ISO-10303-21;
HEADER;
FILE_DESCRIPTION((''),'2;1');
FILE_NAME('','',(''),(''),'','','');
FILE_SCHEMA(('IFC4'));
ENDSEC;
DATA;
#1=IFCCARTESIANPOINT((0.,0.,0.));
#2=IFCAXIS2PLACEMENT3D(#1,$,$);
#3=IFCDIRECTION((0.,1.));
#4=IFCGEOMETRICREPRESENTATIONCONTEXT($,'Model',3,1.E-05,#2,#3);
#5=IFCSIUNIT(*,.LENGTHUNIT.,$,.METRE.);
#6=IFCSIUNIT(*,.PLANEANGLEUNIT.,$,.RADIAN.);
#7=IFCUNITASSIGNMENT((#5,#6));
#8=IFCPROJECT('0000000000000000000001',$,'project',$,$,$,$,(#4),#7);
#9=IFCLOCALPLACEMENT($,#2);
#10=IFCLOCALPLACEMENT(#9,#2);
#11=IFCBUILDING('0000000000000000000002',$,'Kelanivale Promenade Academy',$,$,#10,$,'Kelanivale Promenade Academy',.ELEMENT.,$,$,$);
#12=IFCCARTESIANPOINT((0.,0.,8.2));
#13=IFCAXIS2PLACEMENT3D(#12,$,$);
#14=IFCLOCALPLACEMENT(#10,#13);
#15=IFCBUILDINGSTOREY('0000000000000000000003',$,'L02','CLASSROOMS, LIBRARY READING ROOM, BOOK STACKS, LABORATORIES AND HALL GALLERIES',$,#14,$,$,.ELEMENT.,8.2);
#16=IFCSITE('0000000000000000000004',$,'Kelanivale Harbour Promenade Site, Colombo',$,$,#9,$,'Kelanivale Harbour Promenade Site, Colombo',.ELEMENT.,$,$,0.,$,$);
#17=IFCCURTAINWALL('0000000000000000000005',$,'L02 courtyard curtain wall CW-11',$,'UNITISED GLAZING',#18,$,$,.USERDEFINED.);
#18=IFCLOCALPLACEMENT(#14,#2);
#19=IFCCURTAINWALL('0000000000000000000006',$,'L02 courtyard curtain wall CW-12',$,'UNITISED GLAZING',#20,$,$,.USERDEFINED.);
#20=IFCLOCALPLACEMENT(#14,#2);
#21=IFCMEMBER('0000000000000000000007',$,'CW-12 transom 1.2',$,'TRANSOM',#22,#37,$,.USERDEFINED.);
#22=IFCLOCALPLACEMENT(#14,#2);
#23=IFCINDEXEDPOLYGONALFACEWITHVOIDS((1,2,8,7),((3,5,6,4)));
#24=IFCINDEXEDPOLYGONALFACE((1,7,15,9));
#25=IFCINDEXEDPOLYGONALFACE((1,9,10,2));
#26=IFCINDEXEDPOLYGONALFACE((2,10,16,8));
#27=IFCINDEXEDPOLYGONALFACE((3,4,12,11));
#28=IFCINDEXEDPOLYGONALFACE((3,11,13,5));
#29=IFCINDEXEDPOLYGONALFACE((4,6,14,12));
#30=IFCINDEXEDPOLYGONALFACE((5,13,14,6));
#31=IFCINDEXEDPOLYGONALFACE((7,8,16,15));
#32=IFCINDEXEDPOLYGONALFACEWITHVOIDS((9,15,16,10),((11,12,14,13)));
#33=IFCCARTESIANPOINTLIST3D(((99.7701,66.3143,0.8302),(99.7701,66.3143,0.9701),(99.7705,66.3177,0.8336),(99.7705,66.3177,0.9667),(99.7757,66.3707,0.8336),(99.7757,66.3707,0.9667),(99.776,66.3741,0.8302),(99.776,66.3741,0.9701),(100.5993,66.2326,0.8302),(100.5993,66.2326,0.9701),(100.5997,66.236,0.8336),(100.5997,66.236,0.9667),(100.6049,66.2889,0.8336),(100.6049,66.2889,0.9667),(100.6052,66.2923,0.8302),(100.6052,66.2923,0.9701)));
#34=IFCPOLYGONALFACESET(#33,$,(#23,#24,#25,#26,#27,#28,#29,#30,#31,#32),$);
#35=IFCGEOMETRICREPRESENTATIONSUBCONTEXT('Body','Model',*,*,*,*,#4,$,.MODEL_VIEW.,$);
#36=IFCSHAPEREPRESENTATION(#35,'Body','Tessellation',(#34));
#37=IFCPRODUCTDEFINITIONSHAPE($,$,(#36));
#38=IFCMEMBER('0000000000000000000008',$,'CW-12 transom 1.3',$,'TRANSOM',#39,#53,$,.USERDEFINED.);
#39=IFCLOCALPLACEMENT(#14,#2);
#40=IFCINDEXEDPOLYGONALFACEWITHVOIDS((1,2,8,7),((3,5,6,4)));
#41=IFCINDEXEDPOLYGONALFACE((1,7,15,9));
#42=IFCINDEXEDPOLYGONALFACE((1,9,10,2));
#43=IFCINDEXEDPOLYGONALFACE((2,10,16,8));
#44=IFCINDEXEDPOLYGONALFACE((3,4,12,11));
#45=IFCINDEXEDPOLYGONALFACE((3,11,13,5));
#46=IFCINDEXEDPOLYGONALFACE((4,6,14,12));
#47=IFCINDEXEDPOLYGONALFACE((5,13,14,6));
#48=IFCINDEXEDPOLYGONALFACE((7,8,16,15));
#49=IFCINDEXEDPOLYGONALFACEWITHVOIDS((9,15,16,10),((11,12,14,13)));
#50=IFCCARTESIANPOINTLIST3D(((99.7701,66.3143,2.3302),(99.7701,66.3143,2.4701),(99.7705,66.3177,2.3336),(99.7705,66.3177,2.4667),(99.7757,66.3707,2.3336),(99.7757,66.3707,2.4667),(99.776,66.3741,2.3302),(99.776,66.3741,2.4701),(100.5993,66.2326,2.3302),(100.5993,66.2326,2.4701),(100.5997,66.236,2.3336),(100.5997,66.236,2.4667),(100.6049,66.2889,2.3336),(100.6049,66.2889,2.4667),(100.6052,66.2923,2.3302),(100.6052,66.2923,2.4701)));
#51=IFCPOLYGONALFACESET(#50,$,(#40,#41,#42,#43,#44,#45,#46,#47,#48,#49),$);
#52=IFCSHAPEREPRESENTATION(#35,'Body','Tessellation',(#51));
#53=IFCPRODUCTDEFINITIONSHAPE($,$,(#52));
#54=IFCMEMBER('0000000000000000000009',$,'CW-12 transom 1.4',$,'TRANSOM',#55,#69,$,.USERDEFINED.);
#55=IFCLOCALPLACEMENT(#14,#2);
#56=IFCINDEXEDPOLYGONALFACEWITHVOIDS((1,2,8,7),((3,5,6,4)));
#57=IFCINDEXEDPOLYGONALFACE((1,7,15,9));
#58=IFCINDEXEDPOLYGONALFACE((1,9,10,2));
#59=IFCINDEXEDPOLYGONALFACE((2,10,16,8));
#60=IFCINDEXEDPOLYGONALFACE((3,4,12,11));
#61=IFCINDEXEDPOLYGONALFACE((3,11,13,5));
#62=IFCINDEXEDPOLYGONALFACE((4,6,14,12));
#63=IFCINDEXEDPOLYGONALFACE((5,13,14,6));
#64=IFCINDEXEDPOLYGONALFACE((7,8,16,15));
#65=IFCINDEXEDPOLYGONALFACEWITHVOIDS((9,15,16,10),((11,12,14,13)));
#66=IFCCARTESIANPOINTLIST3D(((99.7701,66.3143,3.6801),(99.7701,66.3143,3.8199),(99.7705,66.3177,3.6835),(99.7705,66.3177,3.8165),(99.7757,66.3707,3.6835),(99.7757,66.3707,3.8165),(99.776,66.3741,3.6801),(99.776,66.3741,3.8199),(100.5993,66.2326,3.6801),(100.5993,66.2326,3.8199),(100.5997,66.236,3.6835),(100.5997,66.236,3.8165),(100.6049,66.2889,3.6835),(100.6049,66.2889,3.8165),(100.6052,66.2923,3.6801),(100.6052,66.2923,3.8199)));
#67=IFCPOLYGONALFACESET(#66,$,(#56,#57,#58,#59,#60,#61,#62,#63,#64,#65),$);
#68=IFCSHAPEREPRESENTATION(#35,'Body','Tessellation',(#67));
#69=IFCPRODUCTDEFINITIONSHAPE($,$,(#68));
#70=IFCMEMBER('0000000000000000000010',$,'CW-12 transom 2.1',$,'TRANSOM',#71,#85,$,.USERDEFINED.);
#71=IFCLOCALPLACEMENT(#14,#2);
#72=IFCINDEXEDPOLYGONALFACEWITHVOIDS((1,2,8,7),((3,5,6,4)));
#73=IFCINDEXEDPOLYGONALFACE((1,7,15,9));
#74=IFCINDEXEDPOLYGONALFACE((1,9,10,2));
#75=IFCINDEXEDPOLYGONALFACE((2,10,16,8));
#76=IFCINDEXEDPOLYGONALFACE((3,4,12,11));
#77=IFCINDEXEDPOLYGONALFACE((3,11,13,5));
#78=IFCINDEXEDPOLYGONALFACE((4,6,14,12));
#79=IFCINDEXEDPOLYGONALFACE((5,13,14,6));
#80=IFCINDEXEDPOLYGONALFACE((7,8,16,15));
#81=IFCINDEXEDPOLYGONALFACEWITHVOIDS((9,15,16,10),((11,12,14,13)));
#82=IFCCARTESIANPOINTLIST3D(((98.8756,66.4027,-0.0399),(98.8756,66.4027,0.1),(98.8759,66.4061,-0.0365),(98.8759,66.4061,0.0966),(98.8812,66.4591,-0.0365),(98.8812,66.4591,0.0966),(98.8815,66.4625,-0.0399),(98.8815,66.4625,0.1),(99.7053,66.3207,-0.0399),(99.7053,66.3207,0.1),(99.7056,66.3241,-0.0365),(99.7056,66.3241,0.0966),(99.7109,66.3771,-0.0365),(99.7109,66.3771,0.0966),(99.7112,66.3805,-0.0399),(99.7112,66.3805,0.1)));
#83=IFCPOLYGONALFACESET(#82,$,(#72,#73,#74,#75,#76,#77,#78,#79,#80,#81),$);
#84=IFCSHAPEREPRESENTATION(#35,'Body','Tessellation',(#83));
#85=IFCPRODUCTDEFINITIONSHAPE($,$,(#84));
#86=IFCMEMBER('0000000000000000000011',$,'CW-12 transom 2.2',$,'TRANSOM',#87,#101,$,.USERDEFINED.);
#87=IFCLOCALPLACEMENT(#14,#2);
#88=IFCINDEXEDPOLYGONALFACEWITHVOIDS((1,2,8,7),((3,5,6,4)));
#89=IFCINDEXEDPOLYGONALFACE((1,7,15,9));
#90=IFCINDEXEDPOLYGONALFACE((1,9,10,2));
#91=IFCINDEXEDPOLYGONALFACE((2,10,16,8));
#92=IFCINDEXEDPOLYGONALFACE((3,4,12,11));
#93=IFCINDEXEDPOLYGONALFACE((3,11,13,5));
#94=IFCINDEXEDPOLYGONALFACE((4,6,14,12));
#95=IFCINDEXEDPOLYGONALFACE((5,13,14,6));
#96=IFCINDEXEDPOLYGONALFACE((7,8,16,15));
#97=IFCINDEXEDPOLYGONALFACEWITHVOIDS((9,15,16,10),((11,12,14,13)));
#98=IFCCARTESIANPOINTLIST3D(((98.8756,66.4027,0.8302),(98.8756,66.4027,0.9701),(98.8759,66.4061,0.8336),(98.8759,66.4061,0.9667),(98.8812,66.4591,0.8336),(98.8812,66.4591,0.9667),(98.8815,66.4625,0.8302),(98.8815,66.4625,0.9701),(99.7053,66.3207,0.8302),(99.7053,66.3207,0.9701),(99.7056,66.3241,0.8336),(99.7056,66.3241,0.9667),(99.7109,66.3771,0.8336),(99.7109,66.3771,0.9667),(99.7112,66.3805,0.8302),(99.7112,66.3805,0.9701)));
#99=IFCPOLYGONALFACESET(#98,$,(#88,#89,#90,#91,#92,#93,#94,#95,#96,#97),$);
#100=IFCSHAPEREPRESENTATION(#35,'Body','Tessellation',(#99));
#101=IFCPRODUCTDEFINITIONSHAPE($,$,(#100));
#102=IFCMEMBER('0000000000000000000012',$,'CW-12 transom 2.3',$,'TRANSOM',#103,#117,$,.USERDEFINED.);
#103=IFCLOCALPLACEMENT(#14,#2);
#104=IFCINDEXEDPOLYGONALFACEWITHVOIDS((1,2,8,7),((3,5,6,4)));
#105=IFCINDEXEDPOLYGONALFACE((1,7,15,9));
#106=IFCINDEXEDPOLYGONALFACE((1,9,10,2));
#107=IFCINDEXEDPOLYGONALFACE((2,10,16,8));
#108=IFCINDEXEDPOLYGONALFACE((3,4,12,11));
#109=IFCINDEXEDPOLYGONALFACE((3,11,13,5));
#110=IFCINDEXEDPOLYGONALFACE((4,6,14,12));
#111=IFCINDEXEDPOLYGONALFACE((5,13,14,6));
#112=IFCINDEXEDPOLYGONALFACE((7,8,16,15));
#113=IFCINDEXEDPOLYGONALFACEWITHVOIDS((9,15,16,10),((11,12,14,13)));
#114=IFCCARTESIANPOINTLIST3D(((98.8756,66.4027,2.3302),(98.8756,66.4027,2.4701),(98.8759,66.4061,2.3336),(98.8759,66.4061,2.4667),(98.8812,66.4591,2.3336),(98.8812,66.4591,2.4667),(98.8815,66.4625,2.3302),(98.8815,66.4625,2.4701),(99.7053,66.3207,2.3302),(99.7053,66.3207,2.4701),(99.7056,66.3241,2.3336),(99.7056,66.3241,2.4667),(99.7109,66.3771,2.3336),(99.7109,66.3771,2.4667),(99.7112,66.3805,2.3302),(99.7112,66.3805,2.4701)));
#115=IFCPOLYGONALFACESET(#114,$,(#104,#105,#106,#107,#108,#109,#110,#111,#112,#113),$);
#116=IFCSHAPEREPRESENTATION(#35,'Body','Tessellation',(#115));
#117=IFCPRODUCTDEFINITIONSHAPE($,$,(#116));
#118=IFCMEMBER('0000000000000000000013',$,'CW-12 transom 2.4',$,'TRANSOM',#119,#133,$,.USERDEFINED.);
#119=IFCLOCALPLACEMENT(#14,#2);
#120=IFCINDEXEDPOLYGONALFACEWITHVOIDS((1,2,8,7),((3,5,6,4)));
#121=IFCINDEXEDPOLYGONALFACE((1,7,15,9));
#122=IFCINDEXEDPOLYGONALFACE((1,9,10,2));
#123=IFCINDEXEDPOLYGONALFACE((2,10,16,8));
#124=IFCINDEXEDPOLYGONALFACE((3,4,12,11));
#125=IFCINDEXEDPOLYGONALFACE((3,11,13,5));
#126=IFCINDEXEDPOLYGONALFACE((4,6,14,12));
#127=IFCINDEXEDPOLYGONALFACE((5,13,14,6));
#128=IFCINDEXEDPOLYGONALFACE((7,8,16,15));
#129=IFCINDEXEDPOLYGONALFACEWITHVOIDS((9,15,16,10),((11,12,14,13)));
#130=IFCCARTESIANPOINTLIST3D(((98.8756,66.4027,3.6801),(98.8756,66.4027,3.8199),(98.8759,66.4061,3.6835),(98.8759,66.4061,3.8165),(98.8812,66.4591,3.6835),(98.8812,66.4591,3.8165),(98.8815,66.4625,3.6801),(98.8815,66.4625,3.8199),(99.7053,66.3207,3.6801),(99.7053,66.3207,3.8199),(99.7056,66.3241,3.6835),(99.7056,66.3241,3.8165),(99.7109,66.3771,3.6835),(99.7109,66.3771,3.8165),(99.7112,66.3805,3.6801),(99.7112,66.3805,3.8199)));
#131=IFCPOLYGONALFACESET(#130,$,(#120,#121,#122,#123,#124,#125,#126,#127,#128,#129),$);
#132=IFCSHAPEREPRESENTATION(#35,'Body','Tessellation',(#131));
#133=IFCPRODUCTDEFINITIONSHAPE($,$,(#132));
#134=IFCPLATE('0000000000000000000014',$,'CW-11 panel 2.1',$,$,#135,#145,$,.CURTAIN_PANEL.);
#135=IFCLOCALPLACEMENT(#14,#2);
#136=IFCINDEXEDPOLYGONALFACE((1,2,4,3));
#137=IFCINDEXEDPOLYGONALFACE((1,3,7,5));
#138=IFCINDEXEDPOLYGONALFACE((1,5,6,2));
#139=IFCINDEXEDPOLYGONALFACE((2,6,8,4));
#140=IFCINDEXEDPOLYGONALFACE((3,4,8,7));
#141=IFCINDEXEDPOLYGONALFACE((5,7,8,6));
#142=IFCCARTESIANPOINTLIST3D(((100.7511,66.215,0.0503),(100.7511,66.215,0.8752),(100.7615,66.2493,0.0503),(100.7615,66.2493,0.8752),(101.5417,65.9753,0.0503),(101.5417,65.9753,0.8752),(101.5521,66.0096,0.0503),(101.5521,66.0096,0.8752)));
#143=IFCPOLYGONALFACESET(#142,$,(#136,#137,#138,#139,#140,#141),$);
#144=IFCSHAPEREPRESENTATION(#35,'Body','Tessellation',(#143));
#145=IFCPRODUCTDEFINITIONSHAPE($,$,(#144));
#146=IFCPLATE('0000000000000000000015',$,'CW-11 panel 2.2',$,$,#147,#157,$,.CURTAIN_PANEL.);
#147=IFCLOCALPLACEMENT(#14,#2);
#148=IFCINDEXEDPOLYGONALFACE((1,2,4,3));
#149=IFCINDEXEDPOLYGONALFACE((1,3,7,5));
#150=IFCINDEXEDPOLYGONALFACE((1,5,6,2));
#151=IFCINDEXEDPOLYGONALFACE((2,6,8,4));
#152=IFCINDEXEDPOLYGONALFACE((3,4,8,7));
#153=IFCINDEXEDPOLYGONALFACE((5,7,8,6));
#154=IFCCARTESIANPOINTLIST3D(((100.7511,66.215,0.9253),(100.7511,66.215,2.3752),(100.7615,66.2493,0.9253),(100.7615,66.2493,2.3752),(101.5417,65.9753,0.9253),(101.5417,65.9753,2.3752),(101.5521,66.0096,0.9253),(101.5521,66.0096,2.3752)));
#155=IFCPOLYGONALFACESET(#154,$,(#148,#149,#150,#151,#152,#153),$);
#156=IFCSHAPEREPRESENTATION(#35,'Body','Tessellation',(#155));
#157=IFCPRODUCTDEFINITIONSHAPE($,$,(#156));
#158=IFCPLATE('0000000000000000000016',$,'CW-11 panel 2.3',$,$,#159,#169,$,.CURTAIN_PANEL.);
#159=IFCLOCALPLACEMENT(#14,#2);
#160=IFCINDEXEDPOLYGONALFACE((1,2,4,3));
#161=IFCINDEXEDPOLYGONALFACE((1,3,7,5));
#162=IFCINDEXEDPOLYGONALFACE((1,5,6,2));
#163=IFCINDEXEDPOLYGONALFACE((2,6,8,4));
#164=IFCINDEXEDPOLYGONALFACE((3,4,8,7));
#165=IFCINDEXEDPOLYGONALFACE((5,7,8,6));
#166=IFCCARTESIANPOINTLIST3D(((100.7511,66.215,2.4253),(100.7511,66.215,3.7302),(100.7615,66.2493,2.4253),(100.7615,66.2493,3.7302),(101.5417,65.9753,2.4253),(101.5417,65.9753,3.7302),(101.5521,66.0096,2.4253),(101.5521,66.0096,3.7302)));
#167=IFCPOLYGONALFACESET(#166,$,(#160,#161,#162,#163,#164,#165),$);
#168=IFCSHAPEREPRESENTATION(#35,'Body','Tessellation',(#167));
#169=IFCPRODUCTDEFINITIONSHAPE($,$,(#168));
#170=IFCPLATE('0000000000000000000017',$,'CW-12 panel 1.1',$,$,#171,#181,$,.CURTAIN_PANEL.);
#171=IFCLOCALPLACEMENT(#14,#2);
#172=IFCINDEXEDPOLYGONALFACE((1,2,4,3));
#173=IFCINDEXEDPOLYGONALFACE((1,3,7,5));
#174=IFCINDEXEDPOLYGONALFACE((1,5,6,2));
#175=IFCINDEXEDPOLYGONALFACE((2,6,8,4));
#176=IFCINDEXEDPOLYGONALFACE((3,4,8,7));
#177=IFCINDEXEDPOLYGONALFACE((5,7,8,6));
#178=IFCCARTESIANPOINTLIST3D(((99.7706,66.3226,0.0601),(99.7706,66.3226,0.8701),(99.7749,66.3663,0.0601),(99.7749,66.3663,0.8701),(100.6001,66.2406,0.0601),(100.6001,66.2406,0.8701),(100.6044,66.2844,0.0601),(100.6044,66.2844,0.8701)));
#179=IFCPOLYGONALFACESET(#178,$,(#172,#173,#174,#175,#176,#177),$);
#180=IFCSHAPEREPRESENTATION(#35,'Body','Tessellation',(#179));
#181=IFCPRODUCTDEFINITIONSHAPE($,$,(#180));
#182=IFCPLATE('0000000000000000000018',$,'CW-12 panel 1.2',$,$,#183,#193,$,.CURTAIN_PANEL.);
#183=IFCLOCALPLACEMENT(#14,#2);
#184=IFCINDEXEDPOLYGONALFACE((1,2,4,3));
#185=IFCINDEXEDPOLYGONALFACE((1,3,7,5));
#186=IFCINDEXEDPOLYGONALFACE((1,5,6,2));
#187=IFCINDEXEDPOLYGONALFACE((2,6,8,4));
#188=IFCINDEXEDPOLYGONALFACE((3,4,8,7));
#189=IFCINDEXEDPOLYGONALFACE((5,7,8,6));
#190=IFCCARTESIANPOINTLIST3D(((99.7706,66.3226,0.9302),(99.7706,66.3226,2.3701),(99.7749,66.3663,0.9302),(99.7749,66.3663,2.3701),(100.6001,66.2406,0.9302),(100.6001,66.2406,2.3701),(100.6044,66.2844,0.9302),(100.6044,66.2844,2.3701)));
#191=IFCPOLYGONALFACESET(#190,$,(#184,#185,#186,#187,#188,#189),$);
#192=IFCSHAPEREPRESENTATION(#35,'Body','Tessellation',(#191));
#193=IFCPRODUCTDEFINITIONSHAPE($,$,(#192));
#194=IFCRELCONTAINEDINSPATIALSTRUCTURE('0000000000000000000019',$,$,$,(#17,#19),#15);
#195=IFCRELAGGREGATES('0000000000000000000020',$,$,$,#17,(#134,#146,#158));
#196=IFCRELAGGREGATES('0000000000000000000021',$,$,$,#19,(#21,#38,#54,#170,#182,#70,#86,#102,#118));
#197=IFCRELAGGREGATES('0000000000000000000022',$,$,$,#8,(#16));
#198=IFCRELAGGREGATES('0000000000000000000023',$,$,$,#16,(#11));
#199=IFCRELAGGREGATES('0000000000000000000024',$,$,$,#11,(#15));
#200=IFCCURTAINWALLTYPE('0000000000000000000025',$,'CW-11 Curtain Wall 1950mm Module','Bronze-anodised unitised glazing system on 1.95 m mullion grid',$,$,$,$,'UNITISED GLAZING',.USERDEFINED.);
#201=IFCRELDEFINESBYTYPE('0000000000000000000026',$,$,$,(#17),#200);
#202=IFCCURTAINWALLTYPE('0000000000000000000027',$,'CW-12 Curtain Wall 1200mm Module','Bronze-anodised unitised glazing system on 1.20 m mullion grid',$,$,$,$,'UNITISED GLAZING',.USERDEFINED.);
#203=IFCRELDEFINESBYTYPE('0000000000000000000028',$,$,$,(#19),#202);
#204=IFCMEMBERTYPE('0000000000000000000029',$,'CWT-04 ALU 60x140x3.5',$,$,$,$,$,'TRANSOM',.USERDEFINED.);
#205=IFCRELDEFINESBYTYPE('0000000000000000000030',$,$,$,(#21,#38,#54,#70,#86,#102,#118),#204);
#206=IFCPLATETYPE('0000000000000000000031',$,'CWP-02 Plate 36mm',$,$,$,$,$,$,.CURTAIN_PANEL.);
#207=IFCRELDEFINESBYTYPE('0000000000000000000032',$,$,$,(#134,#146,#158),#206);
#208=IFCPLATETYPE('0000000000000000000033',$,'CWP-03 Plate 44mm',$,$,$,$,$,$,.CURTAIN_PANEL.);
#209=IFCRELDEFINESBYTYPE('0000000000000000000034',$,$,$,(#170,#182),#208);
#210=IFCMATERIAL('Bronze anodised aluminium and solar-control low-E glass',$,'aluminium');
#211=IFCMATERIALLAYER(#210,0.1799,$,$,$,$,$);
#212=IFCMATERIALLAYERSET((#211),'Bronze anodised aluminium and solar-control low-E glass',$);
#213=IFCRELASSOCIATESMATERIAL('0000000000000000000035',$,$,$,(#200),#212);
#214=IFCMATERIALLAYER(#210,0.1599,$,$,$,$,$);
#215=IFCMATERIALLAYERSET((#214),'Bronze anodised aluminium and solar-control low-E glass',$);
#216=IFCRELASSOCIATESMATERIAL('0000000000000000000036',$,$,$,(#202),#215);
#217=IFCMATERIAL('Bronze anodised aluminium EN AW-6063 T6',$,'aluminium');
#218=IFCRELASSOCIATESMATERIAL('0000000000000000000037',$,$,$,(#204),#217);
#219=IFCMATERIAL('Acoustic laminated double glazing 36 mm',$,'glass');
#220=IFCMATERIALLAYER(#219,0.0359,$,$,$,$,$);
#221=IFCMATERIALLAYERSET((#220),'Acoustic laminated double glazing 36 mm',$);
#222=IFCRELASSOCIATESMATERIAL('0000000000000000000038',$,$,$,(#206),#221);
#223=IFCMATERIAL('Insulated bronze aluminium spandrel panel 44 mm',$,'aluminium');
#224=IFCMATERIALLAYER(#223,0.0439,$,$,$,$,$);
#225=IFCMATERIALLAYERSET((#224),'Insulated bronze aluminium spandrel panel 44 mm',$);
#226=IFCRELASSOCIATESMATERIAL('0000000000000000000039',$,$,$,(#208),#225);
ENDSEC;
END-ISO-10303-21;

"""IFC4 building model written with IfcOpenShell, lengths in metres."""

from ifc_helpers import new_model, si_unit, direction, frame, origin, origin_2d, place, context, subcontext, project, spatial, rectangle, hollow_rectangle, extrude, material, layer, layer_set, material_profile, profile_set, type_object, element, aggregate, save


model = new_model("IFC4")

# Units and contexts
model_context = context("Model", 3, precision=1e-05, world=origin(), true_north=direction((0.0, 1.0)))
body_context = subcontext(model_context, "Body", "Model", "MODEL_VIEW")
ifc_project = project(units=[si_unit("LENGTHUNIT", "METRE"), si_unit("PLANEANGLEUNIT", "RADIAN")], contexts=[model_context])

# Site, building, storey
site_placement = place(None, origin())
site = spatial("IfcSite", under=ifc_project, at=site_placement, Name="Kelanivale Harbour Promenade Site, Colombo", LongName="Kelanivale Harbour Promenade Site, Colombo", CompositionType="ELEMENT", RefElevation=0.0)
building_placement = place(site_placement, origin())
building = spatial("IfcBuilding", under=site, at=building_placement, Name="Kelanivale Promenade Academy", LongName="Kelanivale Promenade Academy", CompositionType="ELEMENT")
storey_placement = place(building_placement, frame((0.0, 0.0, 8.2)))
storey = spatial("IfcBuildingStorey", under=building, at=storey_placement, Name="L02", Description="CLASSROOMS, LIBRARY READING ROOM, BOOK STACKS, LABORATORIES AND HALL GALLERIES", CompositionType="ELEMENT", Elevation=8.2)

# Curtain wall
ifc_material_1 = material(Name="Bronze anodised aluminium and solar-control low-E glass", Category="aluminium")
ifc_layer_1 = layer(ifc_material_1, 0.1799)
ifc_layer_set_1 = layer_set([ifc_layer_1], Name="Bronze anodised aluminium and solar-control low-E glass")
curtain_wall_type_1 = type_object("IfcCurtainWallType", Name="CW-11 Curtain Wall 1950mm Module", Description="Bronze-anodised unitised glazing system on 1.95 m mullion grid", ElementType="UNITISED GLAZING", PredefinedType="USERDEFINED", material=ifc_layer_set_1)
curtain_wall_1_placement = place(storey_placement, origin())
curtain_wall_1 = element("IfcCurtainWall", 1, at=curtain_wall_1_placement, inside=storey, type_object=curtain_wall_type_1, Name="L02 courtyard curtain wall CW-11", ObjectType="UNITISED GLAZING", PredefinedType="USERDEFINED")
ifc_material_2 = material(Name="Bronze anodised aluminium EN AW-6063 T6", Category="aluminium")

# Curtain wall
ifc_layer_2 = layer(ifc_material_1, 0.1599)
ifc_layer_set_2 = layer_set([ifc_layer_2], Name="Bronze anodised aluminium and solar-control low-E glass")
curtain_wall_type_2 = type_object("IfcCurtainWallType", Name="CW-12 Curtain Wall 1200mm Module", Description="Bronze-anodised unitised glazing system on 1.20 m mullion grid", ElementType="UNITISED GLAZING", PredefinedType="USERDEFINED", material=ifc_layer_set_2)
curtain_wall_2_placement = place(storey_placement, origin())
curtain_wall_2 = element("IfcCurtainWall", 2, at=curtain_wall_2_placement, inside=storey, type_object=curtain_wall_type_2, Name="L02 courtyard curtain wall CW-12", ObjectType="UNITISED GLAZING", PredefinedType="USERDEFINED")

# Members
ifc_material_profile_1 = material_profile(ifc_material_2, hollow_rectangle(XDim=0.0601, YDim=0.1399, WallThickness=0.0034, at=origin_2d()), Name="ALU 60x140x3.5")
ifc_profile_set_1 = profile_set([ifc_material_profile_1], Name="Bronze anodised aluminium EN AW-6063 T6")
member_type_1 = type_object("IfcMemberType", Name="CWT-04 ALU 60x140x3.5", ElementType="TRANSOM", PredefinedType="USERDEFINED", material=ifc_profile_set_1)
member_1_placement = place(storey_placement, frame((100.6023, 66.2625, 0.9001), z_axis=(-0.995173, 0.09814, 0.0), x_axis=(-0.09814, -0.995173, 0.0)))
member_1 = element("IfcMember", 3, at=member_1_placement, type_object=member_type_1, Name="CW-12 transom 1.2", ObjectType="TRANSOM", PredefinedType="USERDEFINED", context=body_context, shape_type="SweptSolid", body=[
    extrude(hollow_rectangle(XDim=0.0601, YDim=0.1399, WallThickness=0.0034, at=origin_2d()), origin(), (0.0, 0.0, 1.0), 0.8333),
])
member_2_placement = place(storey_placement, frame((100.6023, 66.2625, 2.4001), z_axis=(-0.995173, 0.09814, 0.0), x_axis=(-0.09814, -0.995173, 0.0)))
member_2 = element("IfcMember", 4, at=member_2_placement, type_object=member_type_1, Name="CW-12 transom 1.3", ObjectType="TRANSOM", PredefinedType="USERDEFINED", context=body_context, shape_type="SweptSolid", body=[
    extrude(hollow_rectangle(XDim=0.0601, YDim=0.1399, WallThickness=0.0034, at=origin_2d()), origin(), (0.0, 0.0, 1.0), 0.8333),
])
member_3_placement = place(storey_placement, frame((100.6023, 66.2625, 3.75), z_axis=(-0.995173, 0.09814, 0.0), x_axis=(-0.09814, -0.995173, 0.0)))
member_3 = element("IfcMember", 5, at=member_3_placement, type_object=member_type_1, Name="CW-12 transom 1.4", ObjectType="TRANSOM", PredefinedType="USERDEFINED", context=body_context, shape_type="SweptSolid", body=[
    extrude(hollow_rectangle(XDim=0.0601, YDim=0.1399, WallThickness=0.0034, at=origin_2d()), origin(), (0.0, 0.0, 1.0), 0.8333),
])
member_4_placement = place(storey_placement, frame((99.7083, 66.3506, 0.03), z_axis=(-0.995147, 0.098402, 0.0), x_axis=(-0.098402, -0.995147, 0.0)))
member_4 = element("IfcMember", 6, at=member_4_placement, type_object=member_type_1, Name="CW-12 transom 2.1", ObjectType="TRANSOM", PredefinedType="USERDEFINED", context=body_context, shape_type="SweptSolid", body=[
    extrude(hollow_rectangle(XDim=0.0601, YDim=0.1399, WallThickness=0.0034, at=origin_2d()), origin(), (0.0, 0.0, 1.0), 0.8337),
])
member_5_placement = place(storey_placement, frame((99.7083, 66.3506, 0.9001), z_axis=(-0.995147, 0.098402, 0.0), x_axis=(-0.098402, -0.995147, 0.0)))
member_5 = element("IfcMember", 7, at=member_5_placement, type_object=member_type_1, Name="CW-12 transom 2.2", ObjectType="TRANSOM", PredefinedType="USERDEFINED", context=body_context, shape_type="SweptSolid", body=[
    extrude(hollow_rectangle(XDim=0.0601, YDim=0.1399, WallThickness=0.0034, at=origin_2d()), origin(), (0.0, 0.0, 1.0), 0.8337),
])
member_6_placement = place(storey_placement, frame((99.7083, 66.3506, 2.4001), z_axis=(-0.995147, 0.098402, 0.0), x_axis=(-0.098402, -0.995147, 0.0)))
member_6 = element("IfcMember", 8, at=member_6_placement, type_object=member_type_1, Name="CW-12 transom 2.3", ObjectType="TRANSOM", PredefinedType="USERDEFINED", context=body_context, shape_type="SweptSolid", body=[
    extrude(hollow_rectangle(XDim=0.0601, YDim=0.1399, WallThickness=0.0034, at=origin_2d()), origin(), (0.0, 0.0, 1.0), 0.8337),
])
member_7_placement = place(storey_placement, frame((99.7083, 66.3506, 3.75), z_axis=(-0.995147, 0.098402, 0.0), x_axis=(-0.098402, -0.995147, 0.0)))
member_7 = element("IfcMember", 9, at=member_7_placement, type_object=member_type_1, Name="CW-12 transom 2.4", ObjectType="TRANSOM", PredefinedType="USERDEFINED", context=body_context, shape_type="SweptSolid", body=[
    extrude(hollow_rectangle(XDim=0.0601, YDim=0.1399, WallThickness=0.0034, at=origin_2d()), origin(), (0.0, 0.0, 1.0), 0.8337),
])

# Plates
ifc_material_3 = material(Name="Acoustic laminated double glazing 36 mm", Category="glass")
ifc_layer_3 = layer(ifc_material_3, 0.0359)
ifc_layer_set_3 = layer_set([ifc_layer_3], Name="Acoustic laminated double glazing 36 mm")
plate_type_1 = type_object("IfcPlateType", Name="CWP-02 Plate 36mm", PredefinedType="CURTAIN_PANEL", material=ifc_layer_set_3)
plate_1_placement = place(storey_placement, frame((101.1516, 66.1123, 0.0503), z_axis=(0.0, 0.0, 1.0), x_axis=(-0.956988, 0.290128, 0.0)))
plate_1 = element("IfcPlate", 10, at=plate_1_placement, type_object=plate_type_1, Name="CW-11 panel 2.1", PredefinedType="CURTAIN_PANEL", context=body_context, shape_type="SweptSolid", body=[
    extrude(rectangle(XDim=0.8262, YDim=0.0359, at=origin_2d()), origin(), (0.0, 0.0, 1.0), 0.825),
])
plate_2_placement = place(storey_placement, frame((101.1516, 66.1123, 0.9253), z_axis=(0.0, 0.0, 1.0), x_axis=(-0.956988, 0.290128, 0.0)))
plate_2 = element("IfcPlate", 11, at=plate_2_placement, type_object=plate_type_1, Name="CW-11 panel 2.2", PredefinedType="CURTAIN_PANEL", context=body_context, shape_type="SweptSolid", body=[
    extrude(rectangle(XDim=0.8262, YDim=0.0359, at=origin_2d()), origin(), (0.0, 0.0, 1.0), 1.45),
])
plate_3_placement = place(storey_placement, frame((101.1516, 66.1123, 2.4253), z_axis=(0.0, 0.0, 1.0), x_axis=(-0.956988, 0.290128, 0.0)))
plate_3 = element("IfcPlate", 12, at=plate_3_placement, type_object=plate_type_1, Name="CW-11 panel 2.3", PredefinedType="CURTAIN_PANEL", context=body_context, shape_type="SweptSolid", body=[
    extrude(rectangle(XDim=0.8262, YDim=0.0359, at=origin_2d()), origin(), (0.0, 0.0, 1.0), 1.3049),
])
aggregate(curtain_wall_1, [plate_1, plate_2, plate_3])
ifc_material_4 = material(Name="Insulated bronze aluminium spandrel panel 44 mm", Category="aluminium")
ifc_layer_4 = layer(ifc_material_4, 0.0439)
ifc_layer_set_4 = layer_set([ifc_layer_4], Name="Insulated bronze aluminium spandrel panel 44 mm")
plate_type_2 = type_object("IfcPlateType", Name="CWP-03 Plate 44mm", PredefinedType="CURTAIN_PANEL", material=ifc_layer_set_4)
plate_4_placement = place(storey_placement, frame((100.1875, 66.3035, 0.0601), z_axis=(0.0, 0.0, 1.0), x_axis=(-0.995159, 0.098281, 0.0)))
plate_4 = element("IfcPlate", 13, at=plate_4_placement, type_object=plate_type_2, Name="CW-12 panel 1.1", PredefinedType="CURTAIN_PANEL", context=body_context, shape_type="SweptSolid", body=[
    extrude(rectangle(XDim=0.8335, YDim=0.0439, at=origin_2d()), origin(), (0.0, 0.0, 1.0), 0.8101),
])
plate_5_placement = place(storey_placement, frame((100.1875, 66.3035, 0.9302), z_axis=(0.0, 0.0, 1.0), x_axis=(-0.995159, 0.098281, 0.0)))
plate_5 = element("IfcPlate", 14, at=plate_5_placement, type_object=plate_type_2, Name="CW-12 panel 1.2", PredefinedType="CURTAIN_PANEL", context=body_context, shape_type="SweptSolid", body=[
    extrude(rectangle(XDim=0.8335, YDim=0.0439, at=origin_2d()), origin(), (0.0, 0.0, 1.0), 1.4399),
])
aggregate(curtain_wall_2, [member_1, member_2, member_3, plate_4, plate_5, member_4, member_5, member_6, member_7])

save(model, "model.ifc")
